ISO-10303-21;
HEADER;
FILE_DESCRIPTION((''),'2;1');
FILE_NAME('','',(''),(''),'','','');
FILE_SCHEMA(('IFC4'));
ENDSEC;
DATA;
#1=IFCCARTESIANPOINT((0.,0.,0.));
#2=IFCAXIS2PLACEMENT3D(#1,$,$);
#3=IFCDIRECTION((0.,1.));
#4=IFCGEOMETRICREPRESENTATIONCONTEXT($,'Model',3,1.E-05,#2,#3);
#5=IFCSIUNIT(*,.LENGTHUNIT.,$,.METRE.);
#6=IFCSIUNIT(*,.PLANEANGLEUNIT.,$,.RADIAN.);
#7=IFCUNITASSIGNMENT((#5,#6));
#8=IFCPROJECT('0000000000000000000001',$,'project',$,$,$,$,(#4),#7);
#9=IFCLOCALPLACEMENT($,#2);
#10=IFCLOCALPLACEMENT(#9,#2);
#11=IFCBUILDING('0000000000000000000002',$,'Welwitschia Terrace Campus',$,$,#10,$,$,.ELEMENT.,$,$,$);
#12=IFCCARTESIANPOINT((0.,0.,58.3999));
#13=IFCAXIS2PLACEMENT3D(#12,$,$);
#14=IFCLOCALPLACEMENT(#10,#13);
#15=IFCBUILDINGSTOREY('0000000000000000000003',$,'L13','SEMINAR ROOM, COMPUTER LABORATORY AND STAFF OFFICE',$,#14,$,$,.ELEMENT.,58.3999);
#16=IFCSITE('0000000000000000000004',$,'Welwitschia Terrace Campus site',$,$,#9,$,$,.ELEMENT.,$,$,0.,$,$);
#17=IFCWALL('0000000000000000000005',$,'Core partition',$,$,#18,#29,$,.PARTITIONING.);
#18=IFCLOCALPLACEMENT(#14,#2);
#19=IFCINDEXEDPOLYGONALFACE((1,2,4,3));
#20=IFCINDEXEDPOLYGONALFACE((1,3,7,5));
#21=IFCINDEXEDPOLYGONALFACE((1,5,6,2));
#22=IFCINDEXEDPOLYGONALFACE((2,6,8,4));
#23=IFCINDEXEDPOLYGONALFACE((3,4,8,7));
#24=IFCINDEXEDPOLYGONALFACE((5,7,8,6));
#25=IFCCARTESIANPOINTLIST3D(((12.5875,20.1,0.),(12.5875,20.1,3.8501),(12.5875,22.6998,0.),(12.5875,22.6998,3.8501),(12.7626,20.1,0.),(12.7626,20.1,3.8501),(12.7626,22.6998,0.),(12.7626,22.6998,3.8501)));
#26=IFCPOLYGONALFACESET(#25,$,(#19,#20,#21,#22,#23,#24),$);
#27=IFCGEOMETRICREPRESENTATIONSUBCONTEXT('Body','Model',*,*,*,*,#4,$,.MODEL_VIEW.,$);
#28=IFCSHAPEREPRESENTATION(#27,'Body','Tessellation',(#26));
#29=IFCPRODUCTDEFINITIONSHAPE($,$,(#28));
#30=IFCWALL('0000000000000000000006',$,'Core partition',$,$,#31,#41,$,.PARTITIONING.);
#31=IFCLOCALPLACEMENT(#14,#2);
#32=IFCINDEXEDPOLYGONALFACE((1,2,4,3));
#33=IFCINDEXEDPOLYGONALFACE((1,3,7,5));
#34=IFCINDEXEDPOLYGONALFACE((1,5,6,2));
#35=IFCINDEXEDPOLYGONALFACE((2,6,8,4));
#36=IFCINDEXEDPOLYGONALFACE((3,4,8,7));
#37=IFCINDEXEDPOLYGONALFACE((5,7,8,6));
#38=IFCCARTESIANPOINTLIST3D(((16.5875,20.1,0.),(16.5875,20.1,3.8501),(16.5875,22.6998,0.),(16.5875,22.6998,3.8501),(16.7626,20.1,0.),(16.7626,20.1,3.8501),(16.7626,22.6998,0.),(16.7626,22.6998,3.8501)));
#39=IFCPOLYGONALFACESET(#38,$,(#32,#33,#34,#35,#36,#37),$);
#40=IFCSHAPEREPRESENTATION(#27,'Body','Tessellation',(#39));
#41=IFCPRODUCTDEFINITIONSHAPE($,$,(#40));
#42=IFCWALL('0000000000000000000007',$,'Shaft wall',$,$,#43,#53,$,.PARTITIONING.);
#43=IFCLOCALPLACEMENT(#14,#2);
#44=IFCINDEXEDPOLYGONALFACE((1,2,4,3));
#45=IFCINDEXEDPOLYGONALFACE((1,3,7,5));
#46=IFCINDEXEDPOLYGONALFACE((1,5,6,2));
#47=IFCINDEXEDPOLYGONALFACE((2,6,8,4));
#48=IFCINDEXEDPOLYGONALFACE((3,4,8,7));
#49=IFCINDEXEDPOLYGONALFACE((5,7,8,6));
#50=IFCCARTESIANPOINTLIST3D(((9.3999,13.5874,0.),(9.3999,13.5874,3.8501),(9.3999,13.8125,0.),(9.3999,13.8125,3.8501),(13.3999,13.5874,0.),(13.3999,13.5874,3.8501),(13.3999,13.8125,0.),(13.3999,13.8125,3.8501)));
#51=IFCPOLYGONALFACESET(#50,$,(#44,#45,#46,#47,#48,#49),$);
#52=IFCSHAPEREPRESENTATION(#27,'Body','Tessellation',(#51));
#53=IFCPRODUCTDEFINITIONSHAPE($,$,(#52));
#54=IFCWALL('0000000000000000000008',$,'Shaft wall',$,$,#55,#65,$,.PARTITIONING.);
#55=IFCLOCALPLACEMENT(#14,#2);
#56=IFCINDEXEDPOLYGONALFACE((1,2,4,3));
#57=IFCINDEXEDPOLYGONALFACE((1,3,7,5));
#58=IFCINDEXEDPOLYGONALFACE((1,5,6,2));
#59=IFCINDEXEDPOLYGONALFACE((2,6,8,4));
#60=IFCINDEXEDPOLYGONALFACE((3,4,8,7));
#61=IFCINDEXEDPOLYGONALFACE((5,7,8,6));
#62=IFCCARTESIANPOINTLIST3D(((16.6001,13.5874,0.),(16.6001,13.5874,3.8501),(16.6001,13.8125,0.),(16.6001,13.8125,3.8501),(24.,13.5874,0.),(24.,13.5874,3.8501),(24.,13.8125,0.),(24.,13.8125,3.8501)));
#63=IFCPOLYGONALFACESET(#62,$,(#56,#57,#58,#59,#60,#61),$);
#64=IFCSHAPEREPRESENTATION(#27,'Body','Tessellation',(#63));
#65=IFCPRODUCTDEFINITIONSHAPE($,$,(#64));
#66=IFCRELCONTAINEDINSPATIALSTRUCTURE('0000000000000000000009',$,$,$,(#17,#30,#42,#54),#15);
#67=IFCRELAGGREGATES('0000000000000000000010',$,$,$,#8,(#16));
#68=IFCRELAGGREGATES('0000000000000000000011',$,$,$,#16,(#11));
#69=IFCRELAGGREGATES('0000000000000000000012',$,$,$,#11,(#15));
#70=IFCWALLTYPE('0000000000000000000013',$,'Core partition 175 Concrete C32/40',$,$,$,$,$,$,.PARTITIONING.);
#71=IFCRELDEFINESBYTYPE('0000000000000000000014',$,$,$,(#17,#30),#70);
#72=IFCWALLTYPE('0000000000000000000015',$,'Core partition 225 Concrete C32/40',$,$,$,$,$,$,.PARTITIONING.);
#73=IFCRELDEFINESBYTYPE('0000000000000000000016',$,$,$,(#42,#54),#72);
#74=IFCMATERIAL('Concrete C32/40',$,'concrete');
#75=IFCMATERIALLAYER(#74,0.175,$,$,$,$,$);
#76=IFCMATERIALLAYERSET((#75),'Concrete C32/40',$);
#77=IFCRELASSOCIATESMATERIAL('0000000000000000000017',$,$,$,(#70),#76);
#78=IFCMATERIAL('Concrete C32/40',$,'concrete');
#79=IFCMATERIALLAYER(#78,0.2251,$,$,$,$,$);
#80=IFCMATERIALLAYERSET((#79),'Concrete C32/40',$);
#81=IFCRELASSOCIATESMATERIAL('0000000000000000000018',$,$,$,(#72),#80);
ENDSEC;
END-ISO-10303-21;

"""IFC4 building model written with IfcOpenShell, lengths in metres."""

from ifc_helpers import new_model, si_unit, direction, frame, frame_2d, origin, place, context, subcontext, project, spatial, rectangle, extrude, material, layer, layer_set, type_object, element, save


model = new_model("IFC4")

# Units and contexts
model_context = context("Model", 3, precision=1e-05, world=origin(), true_north=direction((0.0, 1.0)))
body_context = subcontext(model_context, "Body", "Model", "MODEL_VIEW")
ifc_project = project(units=[si_unit("LENGTHUNIT", "METRE"), si_unit("PLANEANGLEUNIT", "RADIAN")], contexts=[model_context])

# Site, building, storey
site_placement = place(None, origin())
site = spatial("IfcSite", under=ifc_project, at=site_placement, Name="Welwitschia Terrace Campus site", CompositionType="ELEMENT", RefElevation=0.0)
building_placement = place(site_placement, origin())
building = spatial("IfcBuilding", under=site, at=building_placement, Name="Welwitschia Terrace Campus", CompositionType="ELEMENT")
storey_placement = place(building_placement, frame((0.0, 0.0, 58.3999)))
storey = spatial("IfcBuildingStorey", under=building, at=storey_placement, Name="L13", Description="SEMINAR ROOM, COMPUTER LABORATORY AND STAFF OFFICE", CompositionType="ELEMENT", Elevation=58.3999)

# Walls
ifc_material_1 = material(Name="Concrete C32/40", Category="concrete")
ifc_layer_1 = layer(ifc_material_1, 0.175)
ifc_layer_set_1 = layer_set([ifc_layer_1], Name="Concrete C32/40")
wall_type_1 = type_object("IfcWallType", Name="Core partition 175 Concrete C32/40", PredefinedType="PARTITIONING", material=ifc_layer_set_1)
for number, where, z_axis, x_axis, name in (
    (1, (12.675, 20.1001, 0.0), (0.0, 0.0, 1.0), (0.0, 1.0, 0.0), "Core partition"),
    (2, (16.675, 20.1001, 0.0), (0.0, 0.0, 1.0), (0.0, 1.0, 0.0), "Core partition"),
):
    element("IfcWall", number, at=place(storey_placement, frame(where, z_axis=z_axis, x_axis=x_axis)), inside=storey, type_object=wall_type_1, Name=name, PredefinedType="PARTITIONING", context=body_context, shape_type="SweptSolid", body=[
        extrude(rectangle(XDim=2.5999, YDim=0.175, at=frame_2d((1.2998, 0.0))), origin(), (0.0, 0.0, 1.0), 3.8501),
    ])
ifc_material_2 = material(Name="Concrete C32/40", Category="concrete")
ifc_layer_2 = layer(ifc_material_2, 0.2251)
ifc_layer_set_2 = layer_set([ifc_layer_2], Name="Concrete C32/40")
wall_type_2 = type_object("IfcWallType", Name="Core partition 225 Concrete C32/40", PredefinedType="PARTITIONING", material=ifc_layer_set_2)
wall_1_placement = place(storey_placement, frame((9.3999, 13.7, 0.0), z_axis=(0.0, 0.0, 1.0), x_axis=(1.0, 0.0, 0.0)))
element("IfcWall", 3, at=wall_1_placement, inside=storey, type_object=wall_type_2, Name="Shaft wall", PredefinedType="PARTITIONING", context=body_context, shape_type="SweptSolid", body=[
    extrude(rectangle(XDim=4.0, YDim=0.2251, at=frame_2d((2.0, 0.0))), origin(), (0.0, 0.0, 1.0), 3.8501),
])
wall_2_placement = place(storey_placement, frame((16.6001, 13.7, 0.0), z_axis=(0.0, 0.0, 1.0), x_axis=(1.0, 0.0, 0.0)))
element("IfcWall", 4, at=wall_2_placement, inside=storey, type_object=wall_type_2, Name="Shaft wall", PredefinedType="PARTITIONING", context=body_context, shape_type="SweptSolid", body=[
    extrude(rectangle(XDim=7.3999, YDim=0.2251, at=frame_2d((3.7, 0.0))), origin(), (0.0, 0.0, 1.0), 3.8501),
])

save(model, "model.ifc")
